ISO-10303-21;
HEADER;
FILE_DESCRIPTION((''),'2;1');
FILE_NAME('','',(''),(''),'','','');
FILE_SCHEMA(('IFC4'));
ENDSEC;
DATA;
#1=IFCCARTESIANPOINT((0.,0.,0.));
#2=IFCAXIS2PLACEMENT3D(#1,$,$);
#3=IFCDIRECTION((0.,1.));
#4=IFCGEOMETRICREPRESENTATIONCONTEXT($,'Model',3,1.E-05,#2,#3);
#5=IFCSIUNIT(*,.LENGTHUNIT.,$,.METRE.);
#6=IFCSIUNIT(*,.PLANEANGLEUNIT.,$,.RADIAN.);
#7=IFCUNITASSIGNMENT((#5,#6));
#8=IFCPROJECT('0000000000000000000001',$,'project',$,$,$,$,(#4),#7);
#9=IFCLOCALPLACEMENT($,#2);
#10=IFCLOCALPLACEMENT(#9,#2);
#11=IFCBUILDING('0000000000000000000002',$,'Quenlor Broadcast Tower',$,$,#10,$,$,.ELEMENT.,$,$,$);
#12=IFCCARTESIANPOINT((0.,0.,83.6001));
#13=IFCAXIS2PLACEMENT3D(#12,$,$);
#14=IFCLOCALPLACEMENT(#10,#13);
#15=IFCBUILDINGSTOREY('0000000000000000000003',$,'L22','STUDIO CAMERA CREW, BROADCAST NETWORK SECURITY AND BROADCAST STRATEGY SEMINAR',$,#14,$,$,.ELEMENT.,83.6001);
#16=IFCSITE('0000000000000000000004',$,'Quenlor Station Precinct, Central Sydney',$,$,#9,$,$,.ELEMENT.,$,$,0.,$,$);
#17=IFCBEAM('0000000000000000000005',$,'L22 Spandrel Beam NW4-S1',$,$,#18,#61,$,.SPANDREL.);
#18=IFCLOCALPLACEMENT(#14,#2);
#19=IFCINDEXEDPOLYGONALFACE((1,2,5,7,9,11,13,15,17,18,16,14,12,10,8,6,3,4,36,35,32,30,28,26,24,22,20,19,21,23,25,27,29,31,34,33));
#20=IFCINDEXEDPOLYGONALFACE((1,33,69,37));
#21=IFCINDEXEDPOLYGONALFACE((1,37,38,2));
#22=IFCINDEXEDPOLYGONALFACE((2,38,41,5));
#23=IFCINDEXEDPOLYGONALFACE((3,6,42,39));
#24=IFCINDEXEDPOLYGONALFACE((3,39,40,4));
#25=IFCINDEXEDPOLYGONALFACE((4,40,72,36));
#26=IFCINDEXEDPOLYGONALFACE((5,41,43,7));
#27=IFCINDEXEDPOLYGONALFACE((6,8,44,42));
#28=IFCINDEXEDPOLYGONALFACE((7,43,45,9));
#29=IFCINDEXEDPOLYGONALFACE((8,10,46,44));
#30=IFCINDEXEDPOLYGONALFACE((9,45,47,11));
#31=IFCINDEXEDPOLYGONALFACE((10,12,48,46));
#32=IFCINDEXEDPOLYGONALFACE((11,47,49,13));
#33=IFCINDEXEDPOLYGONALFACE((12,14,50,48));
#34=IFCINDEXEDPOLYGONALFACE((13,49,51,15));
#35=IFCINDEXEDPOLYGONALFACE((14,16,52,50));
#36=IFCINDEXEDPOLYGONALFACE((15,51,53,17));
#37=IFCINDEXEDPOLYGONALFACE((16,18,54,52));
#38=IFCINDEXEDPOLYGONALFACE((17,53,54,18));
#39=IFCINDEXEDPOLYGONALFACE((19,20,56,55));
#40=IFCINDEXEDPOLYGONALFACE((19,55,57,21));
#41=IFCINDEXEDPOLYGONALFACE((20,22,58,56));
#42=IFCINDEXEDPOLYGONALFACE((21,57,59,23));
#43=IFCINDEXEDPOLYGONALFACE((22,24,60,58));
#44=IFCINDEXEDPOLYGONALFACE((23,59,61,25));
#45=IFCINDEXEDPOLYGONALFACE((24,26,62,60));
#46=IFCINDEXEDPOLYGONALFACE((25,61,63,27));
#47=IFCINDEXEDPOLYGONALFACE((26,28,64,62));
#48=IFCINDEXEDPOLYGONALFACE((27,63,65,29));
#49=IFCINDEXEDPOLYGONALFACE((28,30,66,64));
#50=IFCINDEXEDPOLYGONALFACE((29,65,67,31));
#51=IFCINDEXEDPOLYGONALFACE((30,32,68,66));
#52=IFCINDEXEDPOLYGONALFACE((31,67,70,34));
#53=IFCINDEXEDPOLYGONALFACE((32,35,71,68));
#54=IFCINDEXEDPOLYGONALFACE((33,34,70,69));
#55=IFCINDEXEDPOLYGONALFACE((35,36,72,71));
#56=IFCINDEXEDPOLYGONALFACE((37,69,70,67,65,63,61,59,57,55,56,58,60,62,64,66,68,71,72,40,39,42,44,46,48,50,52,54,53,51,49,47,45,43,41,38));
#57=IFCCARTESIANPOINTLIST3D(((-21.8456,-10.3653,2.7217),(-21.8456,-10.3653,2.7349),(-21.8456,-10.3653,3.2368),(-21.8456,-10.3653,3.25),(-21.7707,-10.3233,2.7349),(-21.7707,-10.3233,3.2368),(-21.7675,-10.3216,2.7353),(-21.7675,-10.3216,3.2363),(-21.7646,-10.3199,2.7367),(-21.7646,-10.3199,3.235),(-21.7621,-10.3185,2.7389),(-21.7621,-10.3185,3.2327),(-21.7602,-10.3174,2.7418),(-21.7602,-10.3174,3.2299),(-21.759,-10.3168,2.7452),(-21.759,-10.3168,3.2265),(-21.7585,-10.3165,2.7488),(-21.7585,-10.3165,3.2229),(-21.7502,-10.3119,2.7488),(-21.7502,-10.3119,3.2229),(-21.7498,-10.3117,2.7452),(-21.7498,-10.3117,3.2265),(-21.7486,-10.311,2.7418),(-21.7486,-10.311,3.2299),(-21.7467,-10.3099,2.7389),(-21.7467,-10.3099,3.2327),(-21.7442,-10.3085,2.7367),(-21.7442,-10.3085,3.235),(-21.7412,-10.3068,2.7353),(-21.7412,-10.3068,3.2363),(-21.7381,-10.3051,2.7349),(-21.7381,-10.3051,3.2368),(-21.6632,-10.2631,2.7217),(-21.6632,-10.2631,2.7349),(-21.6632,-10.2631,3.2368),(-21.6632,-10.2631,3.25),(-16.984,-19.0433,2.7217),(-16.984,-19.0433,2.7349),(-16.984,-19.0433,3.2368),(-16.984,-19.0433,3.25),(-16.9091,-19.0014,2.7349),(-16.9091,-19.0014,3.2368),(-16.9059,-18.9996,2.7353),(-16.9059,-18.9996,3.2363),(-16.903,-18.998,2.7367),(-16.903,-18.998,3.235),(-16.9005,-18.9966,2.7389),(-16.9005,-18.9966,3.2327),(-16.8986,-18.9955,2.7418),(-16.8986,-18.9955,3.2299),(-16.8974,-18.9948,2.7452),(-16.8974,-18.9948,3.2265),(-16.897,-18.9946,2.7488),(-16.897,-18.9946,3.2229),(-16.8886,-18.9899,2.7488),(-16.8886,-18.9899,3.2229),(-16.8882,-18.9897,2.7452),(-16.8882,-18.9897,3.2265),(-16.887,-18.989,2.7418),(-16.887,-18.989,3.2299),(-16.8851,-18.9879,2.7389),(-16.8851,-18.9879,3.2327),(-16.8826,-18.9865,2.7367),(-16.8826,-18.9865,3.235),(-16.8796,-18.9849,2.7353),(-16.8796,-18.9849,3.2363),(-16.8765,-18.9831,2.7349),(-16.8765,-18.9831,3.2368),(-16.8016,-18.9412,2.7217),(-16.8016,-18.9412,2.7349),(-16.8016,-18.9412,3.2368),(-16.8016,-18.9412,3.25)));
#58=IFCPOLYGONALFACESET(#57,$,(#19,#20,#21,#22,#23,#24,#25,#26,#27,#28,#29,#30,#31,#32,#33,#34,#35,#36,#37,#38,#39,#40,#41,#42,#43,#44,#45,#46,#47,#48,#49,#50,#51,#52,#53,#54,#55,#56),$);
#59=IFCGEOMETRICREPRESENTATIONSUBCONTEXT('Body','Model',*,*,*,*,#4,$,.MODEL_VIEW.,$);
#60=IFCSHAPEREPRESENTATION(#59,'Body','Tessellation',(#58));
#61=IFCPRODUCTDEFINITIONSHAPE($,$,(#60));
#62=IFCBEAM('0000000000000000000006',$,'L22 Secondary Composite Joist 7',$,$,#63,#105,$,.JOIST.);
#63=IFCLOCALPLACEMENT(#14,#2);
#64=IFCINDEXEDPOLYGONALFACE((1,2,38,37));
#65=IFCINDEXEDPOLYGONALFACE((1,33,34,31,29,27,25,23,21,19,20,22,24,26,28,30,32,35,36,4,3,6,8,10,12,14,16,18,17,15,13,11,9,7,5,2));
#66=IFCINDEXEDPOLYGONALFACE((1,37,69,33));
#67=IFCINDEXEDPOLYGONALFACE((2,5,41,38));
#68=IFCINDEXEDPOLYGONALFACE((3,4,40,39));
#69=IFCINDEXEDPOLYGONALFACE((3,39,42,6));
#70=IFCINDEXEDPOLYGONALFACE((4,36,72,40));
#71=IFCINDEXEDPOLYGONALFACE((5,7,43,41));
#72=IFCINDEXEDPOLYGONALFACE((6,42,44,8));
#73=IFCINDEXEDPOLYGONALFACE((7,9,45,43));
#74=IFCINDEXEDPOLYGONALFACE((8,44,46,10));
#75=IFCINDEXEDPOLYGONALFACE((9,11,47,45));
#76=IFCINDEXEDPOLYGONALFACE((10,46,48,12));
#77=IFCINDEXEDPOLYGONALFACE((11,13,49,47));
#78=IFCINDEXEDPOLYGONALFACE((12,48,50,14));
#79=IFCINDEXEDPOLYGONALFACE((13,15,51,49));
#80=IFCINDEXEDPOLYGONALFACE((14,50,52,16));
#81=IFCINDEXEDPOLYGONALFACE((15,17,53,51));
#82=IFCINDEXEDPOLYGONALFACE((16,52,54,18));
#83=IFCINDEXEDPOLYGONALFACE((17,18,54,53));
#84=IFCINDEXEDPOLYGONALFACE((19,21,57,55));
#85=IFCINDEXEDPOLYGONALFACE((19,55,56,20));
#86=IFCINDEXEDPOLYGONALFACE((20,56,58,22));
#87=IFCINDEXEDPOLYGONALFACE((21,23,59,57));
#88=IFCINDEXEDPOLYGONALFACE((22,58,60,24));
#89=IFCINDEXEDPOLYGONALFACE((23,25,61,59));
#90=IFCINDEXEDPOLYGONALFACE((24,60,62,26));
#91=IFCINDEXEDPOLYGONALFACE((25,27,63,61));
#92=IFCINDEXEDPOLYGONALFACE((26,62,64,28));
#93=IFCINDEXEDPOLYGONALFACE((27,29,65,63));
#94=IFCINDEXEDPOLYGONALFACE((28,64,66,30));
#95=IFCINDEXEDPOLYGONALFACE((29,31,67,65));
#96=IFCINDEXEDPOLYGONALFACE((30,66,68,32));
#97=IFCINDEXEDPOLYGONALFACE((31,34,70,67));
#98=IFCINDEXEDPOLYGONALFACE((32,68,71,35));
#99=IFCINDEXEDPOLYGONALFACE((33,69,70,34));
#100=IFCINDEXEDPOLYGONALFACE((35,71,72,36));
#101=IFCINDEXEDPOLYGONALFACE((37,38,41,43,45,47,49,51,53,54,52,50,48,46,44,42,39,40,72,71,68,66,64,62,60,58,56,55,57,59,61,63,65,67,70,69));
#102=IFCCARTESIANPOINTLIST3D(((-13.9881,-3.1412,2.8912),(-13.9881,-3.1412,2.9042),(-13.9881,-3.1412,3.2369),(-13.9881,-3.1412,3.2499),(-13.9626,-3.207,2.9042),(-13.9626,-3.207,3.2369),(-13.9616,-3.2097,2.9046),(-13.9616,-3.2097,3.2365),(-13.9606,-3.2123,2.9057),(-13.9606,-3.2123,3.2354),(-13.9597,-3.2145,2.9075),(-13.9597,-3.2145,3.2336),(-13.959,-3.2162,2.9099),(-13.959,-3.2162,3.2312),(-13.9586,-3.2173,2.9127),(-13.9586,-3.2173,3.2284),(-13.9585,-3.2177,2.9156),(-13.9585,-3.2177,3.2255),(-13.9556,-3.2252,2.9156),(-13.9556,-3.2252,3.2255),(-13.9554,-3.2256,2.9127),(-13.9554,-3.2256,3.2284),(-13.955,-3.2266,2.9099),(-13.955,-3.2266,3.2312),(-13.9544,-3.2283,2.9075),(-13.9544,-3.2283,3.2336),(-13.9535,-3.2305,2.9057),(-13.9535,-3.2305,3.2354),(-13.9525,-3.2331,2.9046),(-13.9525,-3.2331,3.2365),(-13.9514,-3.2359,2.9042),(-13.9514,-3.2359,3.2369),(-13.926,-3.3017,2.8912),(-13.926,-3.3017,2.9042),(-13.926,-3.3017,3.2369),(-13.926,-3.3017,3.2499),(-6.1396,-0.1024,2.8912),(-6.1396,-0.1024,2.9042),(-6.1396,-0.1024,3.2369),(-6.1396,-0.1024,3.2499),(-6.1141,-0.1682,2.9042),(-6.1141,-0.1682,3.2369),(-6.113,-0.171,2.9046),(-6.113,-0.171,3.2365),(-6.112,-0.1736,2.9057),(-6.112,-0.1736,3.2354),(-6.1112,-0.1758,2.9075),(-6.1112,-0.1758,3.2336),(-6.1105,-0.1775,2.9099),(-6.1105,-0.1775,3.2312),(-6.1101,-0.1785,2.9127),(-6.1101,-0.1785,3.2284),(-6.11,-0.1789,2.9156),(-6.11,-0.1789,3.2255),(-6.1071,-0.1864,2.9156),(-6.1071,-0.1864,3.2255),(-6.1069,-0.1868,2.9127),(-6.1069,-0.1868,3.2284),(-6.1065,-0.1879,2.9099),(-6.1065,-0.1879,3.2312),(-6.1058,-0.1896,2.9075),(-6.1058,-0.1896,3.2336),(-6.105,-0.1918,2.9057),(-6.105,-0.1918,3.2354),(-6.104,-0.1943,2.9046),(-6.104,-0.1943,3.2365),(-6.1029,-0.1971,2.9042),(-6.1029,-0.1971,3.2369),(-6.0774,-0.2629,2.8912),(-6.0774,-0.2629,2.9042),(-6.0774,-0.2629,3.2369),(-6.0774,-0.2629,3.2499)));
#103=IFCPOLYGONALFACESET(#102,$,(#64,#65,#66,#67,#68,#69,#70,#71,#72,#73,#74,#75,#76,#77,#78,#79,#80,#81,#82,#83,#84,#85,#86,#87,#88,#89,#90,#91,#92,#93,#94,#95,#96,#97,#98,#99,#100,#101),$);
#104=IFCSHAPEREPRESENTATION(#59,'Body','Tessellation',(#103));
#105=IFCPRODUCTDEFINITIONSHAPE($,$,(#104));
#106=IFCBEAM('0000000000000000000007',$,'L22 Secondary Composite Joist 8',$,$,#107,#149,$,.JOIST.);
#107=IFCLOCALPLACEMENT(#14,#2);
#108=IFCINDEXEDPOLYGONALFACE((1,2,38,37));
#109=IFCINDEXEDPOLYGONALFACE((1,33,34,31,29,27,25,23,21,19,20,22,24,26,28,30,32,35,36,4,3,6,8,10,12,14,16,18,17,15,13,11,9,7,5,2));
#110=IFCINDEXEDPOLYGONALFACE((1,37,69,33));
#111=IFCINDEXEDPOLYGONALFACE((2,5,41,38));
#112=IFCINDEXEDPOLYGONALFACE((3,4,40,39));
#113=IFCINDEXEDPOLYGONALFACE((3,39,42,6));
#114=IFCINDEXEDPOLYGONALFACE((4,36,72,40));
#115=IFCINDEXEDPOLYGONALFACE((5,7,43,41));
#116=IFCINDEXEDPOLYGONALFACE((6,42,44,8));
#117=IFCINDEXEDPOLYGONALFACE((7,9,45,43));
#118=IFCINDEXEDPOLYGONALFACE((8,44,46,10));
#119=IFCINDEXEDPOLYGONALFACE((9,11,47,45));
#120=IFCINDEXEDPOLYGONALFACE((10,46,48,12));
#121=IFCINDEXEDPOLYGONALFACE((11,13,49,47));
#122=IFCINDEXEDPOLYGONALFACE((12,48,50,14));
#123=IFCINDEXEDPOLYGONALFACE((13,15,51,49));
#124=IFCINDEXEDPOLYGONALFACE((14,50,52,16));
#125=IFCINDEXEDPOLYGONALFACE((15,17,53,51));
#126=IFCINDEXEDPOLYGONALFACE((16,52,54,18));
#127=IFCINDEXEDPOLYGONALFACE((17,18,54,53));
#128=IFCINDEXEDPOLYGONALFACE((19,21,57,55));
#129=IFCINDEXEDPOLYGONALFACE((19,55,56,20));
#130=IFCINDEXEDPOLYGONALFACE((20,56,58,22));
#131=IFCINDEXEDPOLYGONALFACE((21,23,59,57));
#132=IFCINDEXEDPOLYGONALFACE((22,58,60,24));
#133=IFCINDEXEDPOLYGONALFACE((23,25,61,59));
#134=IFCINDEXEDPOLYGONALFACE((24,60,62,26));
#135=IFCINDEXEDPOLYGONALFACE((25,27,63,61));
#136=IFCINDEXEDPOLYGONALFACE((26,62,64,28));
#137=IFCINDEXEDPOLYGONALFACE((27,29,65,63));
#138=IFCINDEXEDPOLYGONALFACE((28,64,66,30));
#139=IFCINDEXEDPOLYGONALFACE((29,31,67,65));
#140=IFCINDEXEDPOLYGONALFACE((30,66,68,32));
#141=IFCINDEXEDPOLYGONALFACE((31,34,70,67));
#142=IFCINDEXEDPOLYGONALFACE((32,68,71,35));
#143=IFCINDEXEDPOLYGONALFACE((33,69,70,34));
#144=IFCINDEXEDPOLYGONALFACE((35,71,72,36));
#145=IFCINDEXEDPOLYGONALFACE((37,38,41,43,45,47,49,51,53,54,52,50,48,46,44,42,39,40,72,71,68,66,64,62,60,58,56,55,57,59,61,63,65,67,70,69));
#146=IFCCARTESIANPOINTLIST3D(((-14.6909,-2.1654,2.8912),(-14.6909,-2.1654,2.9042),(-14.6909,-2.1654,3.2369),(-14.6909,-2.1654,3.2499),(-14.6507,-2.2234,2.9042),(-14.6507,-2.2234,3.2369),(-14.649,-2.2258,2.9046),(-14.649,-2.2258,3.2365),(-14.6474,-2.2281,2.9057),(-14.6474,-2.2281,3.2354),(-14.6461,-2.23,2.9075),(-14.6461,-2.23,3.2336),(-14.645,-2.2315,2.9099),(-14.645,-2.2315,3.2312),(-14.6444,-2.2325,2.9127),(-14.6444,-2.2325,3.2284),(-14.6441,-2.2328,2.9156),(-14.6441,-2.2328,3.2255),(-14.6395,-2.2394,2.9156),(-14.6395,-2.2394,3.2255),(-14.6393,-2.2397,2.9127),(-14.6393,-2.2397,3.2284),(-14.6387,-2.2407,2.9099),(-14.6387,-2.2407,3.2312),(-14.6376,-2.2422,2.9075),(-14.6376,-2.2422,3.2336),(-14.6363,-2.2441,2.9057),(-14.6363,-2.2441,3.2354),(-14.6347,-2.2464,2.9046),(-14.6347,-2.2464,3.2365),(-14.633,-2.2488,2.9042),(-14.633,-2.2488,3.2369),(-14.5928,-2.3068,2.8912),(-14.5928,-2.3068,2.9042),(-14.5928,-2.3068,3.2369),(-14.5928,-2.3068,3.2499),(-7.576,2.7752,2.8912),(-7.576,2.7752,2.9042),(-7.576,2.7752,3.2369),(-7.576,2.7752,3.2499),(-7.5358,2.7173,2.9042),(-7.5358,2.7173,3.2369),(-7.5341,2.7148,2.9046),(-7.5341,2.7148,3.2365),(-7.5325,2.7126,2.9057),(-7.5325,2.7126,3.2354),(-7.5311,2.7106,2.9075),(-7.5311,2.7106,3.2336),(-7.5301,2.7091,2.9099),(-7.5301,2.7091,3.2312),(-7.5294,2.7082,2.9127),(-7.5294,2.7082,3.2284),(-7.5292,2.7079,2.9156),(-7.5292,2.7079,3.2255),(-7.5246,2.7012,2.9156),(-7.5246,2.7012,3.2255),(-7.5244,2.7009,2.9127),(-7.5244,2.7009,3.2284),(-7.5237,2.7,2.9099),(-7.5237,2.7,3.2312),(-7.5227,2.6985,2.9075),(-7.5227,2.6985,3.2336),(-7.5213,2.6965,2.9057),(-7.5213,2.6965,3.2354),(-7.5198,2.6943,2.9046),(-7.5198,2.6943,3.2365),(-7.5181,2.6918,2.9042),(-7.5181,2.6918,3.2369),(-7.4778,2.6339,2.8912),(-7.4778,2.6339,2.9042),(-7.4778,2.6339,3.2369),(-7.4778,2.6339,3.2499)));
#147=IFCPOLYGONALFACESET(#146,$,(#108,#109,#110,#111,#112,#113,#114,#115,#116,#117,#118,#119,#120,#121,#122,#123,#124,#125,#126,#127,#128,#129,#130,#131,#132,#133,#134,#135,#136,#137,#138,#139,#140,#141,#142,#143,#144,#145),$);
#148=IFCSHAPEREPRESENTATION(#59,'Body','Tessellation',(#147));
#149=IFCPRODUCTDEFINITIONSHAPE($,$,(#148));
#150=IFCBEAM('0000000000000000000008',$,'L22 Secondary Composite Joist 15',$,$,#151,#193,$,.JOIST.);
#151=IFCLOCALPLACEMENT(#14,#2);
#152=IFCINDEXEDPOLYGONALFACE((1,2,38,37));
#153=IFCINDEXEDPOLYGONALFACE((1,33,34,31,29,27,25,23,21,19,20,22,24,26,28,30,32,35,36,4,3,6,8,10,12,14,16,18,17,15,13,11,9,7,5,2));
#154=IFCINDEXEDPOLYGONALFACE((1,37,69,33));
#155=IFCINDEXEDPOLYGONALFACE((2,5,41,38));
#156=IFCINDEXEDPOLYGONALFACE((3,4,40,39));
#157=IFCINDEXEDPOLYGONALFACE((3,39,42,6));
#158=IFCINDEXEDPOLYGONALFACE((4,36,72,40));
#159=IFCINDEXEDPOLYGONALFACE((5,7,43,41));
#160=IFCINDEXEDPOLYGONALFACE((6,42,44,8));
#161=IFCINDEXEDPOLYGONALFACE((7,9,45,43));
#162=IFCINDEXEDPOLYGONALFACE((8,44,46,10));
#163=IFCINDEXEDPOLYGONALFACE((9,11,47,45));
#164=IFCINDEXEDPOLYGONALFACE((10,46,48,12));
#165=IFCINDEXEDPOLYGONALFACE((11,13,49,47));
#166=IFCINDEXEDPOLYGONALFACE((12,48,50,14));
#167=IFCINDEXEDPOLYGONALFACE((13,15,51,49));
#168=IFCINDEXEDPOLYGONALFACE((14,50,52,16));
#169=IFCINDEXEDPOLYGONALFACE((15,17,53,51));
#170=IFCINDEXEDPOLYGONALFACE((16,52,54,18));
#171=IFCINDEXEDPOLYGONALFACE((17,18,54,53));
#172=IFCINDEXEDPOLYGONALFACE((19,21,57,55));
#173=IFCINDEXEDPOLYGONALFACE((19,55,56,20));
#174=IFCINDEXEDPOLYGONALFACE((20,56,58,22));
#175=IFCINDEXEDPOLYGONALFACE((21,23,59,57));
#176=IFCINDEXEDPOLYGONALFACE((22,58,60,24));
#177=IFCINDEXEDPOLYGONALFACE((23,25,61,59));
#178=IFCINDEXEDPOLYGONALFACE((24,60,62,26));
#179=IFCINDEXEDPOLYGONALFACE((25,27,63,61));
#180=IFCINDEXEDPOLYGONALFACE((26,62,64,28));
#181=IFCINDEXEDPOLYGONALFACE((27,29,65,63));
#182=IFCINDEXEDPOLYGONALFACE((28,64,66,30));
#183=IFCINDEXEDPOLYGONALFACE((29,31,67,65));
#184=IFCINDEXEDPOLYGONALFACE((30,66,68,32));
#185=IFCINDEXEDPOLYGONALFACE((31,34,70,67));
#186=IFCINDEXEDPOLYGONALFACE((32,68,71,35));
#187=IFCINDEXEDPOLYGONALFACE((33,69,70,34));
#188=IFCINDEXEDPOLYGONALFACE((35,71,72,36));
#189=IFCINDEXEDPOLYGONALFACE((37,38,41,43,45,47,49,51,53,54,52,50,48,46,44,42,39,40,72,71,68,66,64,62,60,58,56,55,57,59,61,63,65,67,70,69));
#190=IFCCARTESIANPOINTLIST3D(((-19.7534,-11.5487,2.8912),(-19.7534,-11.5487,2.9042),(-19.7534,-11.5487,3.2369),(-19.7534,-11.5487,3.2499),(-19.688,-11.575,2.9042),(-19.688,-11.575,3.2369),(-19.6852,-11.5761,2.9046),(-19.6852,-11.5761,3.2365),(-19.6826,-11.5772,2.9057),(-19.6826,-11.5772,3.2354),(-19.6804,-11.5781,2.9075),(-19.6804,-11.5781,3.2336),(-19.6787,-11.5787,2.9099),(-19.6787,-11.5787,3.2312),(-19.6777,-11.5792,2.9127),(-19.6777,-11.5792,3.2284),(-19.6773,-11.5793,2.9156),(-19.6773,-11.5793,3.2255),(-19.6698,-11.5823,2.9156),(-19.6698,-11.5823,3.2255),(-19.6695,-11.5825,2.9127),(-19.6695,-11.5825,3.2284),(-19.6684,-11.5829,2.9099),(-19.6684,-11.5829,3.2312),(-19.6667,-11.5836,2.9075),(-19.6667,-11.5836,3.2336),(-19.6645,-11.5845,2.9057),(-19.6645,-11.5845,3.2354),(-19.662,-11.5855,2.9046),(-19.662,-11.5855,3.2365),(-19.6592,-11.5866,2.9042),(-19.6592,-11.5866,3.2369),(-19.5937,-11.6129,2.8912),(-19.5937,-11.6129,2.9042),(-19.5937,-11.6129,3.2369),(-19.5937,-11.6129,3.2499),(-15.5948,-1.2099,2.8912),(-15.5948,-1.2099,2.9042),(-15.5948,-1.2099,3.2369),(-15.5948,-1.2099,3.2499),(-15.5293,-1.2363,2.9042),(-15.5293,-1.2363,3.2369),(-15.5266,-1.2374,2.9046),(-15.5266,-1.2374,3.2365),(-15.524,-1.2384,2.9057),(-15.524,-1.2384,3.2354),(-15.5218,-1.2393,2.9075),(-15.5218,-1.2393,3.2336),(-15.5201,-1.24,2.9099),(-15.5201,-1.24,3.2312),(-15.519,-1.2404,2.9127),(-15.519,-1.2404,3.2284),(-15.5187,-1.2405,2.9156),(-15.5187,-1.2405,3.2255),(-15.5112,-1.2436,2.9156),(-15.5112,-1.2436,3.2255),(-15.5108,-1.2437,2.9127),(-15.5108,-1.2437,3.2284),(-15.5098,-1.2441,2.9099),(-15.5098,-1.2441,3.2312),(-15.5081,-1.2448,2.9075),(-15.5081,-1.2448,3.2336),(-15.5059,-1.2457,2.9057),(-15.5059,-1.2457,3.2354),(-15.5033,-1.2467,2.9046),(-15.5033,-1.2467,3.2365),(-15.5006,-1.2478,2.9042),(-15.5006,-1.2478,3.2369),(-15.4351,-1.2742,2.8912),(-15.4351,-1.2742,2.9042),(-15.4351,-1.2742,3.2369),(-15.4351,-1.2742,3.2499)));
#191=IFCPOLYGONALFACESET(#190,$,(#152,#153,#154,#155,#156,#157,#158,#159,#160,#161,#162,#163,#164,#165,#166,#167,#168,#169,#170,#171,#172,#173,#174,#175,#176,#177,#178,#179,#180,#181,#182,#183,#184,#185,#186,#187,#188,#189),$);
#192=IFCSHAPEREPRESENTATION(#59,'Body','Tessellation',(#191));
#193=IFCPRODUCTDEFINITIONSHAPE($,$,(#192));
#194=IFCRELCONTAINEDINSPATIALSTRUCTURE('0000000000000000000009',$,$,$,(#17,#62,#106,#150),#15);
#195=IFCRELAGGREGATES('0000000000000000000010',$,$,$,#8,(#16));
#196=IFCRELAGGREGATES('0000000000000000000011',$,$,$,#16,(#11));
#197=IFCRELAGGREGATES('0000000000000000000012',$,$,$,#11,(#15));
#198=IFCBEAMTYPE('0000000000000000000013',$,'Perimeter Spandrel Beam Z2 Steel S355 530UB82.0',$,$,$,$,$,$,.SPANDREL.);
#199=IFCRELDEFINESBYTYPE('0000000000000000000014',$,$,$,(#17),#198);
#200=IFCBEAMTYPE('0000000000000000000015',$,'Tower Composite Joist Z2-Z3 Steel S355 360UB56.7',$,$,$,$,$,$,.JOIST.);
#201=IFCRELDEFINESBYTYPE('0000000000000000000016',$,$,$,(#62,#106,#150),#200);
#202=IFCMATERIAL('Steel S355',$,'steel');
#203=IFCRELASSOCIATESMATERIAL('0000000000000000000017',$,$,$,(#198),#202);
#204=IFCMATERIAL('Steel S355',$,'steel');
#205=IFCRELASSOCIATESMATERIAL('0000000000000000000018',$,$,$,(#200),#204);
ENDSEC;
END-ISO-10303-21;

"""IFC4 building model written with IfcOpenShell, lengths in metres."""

from ifc_helpers import new_model, si_unit, direction, frame, origin, origin_2d, place, context, subcontext, project, spatial, i_section, extrude, material, material_profile, profile_set, type_object, element, save


model = new_model("IFC4")

# Units and contexts
model_context = context("Model", 3, precision=1e-05, world=origin(), true_north=direction((0.0, 1.0)))
body_context = subcontext(model_context, "Body", "Model", "MODEL_VIEW")
ifc_project = project(units=[si_unit("LENGTHUNIT", "METRE"), si_unit("PLANEANGLEUNIT", "RADIAN")], contexts=[model_context])

# Site, building, storey
site_placement = place(None, origin())
site = spatial("IfcSite", under=ifc_project, at=site_placement, Name="Quenlor Station Precinct, Central Sydney", CompositionType="ELEMENT", RefElevation=0.0)
building_placement = place(site_placement, origin())
building = spatial("IfcBuilding", under=site, at=building_placement, Name="Quenlor Broadcast Tower", CompositionType="ELEMENT")
storey_placement = place(building_placement, frame((0.0, 0.0, 83.6001)))
storey = spatial("IfcBuildingStorey", under=building, at=storey_placement, Name="L22", Description="STUDIO CAMERA CREW, BROADCAST NETWORK SECURITY AND BROADCAST STRATEGY SEMINAR", CompositionType="ELEMENT", Elevation=83.6001)

# Beams
ifc_material_1 = material(Name="Steel S355", Category="steel")
ifc_material_profile_1 = material_profile(ifc_material_1, i_section(OverallWidth=0.209, OverallDepth=0.5283, WebThickness=0.0095, FlangeThickness=0.0132, FilletRadius=0.0139, at=origin_2d()))
ifc_profile_set_1 = profile_set([ifc_material_profile_1], Name="Steel S355 530UB82.0")
beam_type_1 = type_object("IfcBeamType", Name="Perimeter Spandrel Beam Z2 Steel S355 530UB82.0", PredefinedType="SPANDREL", material=ifc_profile_set_1)
beam_1_placement = place(storey_placement, frame((-21.7544, -10.3142, 2.9858), z_axis=(0.488749, -0.872424, 0.0), x_axis=(0.872424, 0.488749, 0.0)))
element("IfcBeam", 1, at=beam_1_placement, inside=storey, type_object=beam_type_1, Name="L22 Spandrel Beam NW4-S1", PredefinedType="SPANDREL", context=body_context, shape_type="SweptSolid", body=[
    extrude(i_section(OverallWidth=0.209, OverallDepth=0.5283, WebThickness=0.0095, FlangeThickness=0.0132, FilletRadius=0.0139, at=origin_2d()), origin(), (0.0, 0.0, 1.0), 9.947),
])
ifc_material_2 = material(Name="Steel S355", Category="steel")
ifc_material_profile_2 = material_profile(ifc_material_2, i_section(OverallWidth=0.1721, OverallDepth=0.3586, WebThickness=0.0081, FlangeThickness=0.0129, FilletRadius=0.0115, at=origin_2d()))
ifc_profile_set_2 = profile_set([ifc_material_profile_2], Name="Steel S355 360UB56.7")
beam_type_2 = type_object("IfcBeamType", Name="Tower Composite Joist Z2-Z3 Steel S355 360UB56.7", PredefinedType="JOIST", material=ifc_profile_set_2)
beam_2_placement = place(storey_placement, frame((-13.957, -3.2214, 3.0706), z_axis=(0.932543, 0.36106, 0.0), x_axis=(-0.36106, 0.932543, 0.0)))
element("IfcBeam", 2, at=beam_2_placement, inside=storey, type_object=beam_type_2, Name="L22 Secondary Composite Joist 7", PredefinedType="JOIST", context=body_context, shape_type="SweptSolid", body=[
    extrude(i_section(OverallWidth=0.1721, OverallDepth=0.3586, WebThickness=0.0081, FlangeThickness=0.0129, FilletRadius=0.0115, at=origin_2d()), origin(), (0.0, 0.0, 1.0), 8.4163),
])
beam_3_placement = place(storey_placement, frame((-14.6418, -2.2361, 3.0706), z_axis=(0.821386, 0.570373, 0.0), x_axis=(-0.570373, 0.821386, 0.0)))
element("IfcBeam", 3, at=beam_3_placement, inside=storey, type_object=beam_type_2, Name="L22 Secondary Composite Joist 8", PredefinedType="JOIST", context=body_context, shape_type="SweptSolid", body=[
    extrude(i_section(OverallWidth=0.1721, OverallDepth=0.3586, WebThickness=0.0081, FlangeThickness=0.0129, FilletRadius=0.0115, at=origin_2d()), origin(), (0.0, 0.0, 1.0), 8.6621),
])
beam_4_placement = place(storey_placement, frame((-19.6736, -11.5808, 3.0706), z_axis=(0.37318, 0.927759, 0.0), x_axis=(-0.927759, 0.37318, 0.0)))
element("IfcBeam", 4, at=beam_4_placement, inside=storey, type_object=beam_type_2, Name="L22 Secondary Composite Joist 15", PredefinedType="JOIST", context=body_context, shape_type="SweptSolid", body=[
    extrude(i_section(OverallWidth=0.1721, OverallDepth=0.3586, WebThickness=0.0081, FlangeThickness=0.0129, FilletRadius=0.0115, at=origin_2d()), origin(), (0.0, 0.0, 1.0), 11.1438),
])

save(model, "model.ifc")
